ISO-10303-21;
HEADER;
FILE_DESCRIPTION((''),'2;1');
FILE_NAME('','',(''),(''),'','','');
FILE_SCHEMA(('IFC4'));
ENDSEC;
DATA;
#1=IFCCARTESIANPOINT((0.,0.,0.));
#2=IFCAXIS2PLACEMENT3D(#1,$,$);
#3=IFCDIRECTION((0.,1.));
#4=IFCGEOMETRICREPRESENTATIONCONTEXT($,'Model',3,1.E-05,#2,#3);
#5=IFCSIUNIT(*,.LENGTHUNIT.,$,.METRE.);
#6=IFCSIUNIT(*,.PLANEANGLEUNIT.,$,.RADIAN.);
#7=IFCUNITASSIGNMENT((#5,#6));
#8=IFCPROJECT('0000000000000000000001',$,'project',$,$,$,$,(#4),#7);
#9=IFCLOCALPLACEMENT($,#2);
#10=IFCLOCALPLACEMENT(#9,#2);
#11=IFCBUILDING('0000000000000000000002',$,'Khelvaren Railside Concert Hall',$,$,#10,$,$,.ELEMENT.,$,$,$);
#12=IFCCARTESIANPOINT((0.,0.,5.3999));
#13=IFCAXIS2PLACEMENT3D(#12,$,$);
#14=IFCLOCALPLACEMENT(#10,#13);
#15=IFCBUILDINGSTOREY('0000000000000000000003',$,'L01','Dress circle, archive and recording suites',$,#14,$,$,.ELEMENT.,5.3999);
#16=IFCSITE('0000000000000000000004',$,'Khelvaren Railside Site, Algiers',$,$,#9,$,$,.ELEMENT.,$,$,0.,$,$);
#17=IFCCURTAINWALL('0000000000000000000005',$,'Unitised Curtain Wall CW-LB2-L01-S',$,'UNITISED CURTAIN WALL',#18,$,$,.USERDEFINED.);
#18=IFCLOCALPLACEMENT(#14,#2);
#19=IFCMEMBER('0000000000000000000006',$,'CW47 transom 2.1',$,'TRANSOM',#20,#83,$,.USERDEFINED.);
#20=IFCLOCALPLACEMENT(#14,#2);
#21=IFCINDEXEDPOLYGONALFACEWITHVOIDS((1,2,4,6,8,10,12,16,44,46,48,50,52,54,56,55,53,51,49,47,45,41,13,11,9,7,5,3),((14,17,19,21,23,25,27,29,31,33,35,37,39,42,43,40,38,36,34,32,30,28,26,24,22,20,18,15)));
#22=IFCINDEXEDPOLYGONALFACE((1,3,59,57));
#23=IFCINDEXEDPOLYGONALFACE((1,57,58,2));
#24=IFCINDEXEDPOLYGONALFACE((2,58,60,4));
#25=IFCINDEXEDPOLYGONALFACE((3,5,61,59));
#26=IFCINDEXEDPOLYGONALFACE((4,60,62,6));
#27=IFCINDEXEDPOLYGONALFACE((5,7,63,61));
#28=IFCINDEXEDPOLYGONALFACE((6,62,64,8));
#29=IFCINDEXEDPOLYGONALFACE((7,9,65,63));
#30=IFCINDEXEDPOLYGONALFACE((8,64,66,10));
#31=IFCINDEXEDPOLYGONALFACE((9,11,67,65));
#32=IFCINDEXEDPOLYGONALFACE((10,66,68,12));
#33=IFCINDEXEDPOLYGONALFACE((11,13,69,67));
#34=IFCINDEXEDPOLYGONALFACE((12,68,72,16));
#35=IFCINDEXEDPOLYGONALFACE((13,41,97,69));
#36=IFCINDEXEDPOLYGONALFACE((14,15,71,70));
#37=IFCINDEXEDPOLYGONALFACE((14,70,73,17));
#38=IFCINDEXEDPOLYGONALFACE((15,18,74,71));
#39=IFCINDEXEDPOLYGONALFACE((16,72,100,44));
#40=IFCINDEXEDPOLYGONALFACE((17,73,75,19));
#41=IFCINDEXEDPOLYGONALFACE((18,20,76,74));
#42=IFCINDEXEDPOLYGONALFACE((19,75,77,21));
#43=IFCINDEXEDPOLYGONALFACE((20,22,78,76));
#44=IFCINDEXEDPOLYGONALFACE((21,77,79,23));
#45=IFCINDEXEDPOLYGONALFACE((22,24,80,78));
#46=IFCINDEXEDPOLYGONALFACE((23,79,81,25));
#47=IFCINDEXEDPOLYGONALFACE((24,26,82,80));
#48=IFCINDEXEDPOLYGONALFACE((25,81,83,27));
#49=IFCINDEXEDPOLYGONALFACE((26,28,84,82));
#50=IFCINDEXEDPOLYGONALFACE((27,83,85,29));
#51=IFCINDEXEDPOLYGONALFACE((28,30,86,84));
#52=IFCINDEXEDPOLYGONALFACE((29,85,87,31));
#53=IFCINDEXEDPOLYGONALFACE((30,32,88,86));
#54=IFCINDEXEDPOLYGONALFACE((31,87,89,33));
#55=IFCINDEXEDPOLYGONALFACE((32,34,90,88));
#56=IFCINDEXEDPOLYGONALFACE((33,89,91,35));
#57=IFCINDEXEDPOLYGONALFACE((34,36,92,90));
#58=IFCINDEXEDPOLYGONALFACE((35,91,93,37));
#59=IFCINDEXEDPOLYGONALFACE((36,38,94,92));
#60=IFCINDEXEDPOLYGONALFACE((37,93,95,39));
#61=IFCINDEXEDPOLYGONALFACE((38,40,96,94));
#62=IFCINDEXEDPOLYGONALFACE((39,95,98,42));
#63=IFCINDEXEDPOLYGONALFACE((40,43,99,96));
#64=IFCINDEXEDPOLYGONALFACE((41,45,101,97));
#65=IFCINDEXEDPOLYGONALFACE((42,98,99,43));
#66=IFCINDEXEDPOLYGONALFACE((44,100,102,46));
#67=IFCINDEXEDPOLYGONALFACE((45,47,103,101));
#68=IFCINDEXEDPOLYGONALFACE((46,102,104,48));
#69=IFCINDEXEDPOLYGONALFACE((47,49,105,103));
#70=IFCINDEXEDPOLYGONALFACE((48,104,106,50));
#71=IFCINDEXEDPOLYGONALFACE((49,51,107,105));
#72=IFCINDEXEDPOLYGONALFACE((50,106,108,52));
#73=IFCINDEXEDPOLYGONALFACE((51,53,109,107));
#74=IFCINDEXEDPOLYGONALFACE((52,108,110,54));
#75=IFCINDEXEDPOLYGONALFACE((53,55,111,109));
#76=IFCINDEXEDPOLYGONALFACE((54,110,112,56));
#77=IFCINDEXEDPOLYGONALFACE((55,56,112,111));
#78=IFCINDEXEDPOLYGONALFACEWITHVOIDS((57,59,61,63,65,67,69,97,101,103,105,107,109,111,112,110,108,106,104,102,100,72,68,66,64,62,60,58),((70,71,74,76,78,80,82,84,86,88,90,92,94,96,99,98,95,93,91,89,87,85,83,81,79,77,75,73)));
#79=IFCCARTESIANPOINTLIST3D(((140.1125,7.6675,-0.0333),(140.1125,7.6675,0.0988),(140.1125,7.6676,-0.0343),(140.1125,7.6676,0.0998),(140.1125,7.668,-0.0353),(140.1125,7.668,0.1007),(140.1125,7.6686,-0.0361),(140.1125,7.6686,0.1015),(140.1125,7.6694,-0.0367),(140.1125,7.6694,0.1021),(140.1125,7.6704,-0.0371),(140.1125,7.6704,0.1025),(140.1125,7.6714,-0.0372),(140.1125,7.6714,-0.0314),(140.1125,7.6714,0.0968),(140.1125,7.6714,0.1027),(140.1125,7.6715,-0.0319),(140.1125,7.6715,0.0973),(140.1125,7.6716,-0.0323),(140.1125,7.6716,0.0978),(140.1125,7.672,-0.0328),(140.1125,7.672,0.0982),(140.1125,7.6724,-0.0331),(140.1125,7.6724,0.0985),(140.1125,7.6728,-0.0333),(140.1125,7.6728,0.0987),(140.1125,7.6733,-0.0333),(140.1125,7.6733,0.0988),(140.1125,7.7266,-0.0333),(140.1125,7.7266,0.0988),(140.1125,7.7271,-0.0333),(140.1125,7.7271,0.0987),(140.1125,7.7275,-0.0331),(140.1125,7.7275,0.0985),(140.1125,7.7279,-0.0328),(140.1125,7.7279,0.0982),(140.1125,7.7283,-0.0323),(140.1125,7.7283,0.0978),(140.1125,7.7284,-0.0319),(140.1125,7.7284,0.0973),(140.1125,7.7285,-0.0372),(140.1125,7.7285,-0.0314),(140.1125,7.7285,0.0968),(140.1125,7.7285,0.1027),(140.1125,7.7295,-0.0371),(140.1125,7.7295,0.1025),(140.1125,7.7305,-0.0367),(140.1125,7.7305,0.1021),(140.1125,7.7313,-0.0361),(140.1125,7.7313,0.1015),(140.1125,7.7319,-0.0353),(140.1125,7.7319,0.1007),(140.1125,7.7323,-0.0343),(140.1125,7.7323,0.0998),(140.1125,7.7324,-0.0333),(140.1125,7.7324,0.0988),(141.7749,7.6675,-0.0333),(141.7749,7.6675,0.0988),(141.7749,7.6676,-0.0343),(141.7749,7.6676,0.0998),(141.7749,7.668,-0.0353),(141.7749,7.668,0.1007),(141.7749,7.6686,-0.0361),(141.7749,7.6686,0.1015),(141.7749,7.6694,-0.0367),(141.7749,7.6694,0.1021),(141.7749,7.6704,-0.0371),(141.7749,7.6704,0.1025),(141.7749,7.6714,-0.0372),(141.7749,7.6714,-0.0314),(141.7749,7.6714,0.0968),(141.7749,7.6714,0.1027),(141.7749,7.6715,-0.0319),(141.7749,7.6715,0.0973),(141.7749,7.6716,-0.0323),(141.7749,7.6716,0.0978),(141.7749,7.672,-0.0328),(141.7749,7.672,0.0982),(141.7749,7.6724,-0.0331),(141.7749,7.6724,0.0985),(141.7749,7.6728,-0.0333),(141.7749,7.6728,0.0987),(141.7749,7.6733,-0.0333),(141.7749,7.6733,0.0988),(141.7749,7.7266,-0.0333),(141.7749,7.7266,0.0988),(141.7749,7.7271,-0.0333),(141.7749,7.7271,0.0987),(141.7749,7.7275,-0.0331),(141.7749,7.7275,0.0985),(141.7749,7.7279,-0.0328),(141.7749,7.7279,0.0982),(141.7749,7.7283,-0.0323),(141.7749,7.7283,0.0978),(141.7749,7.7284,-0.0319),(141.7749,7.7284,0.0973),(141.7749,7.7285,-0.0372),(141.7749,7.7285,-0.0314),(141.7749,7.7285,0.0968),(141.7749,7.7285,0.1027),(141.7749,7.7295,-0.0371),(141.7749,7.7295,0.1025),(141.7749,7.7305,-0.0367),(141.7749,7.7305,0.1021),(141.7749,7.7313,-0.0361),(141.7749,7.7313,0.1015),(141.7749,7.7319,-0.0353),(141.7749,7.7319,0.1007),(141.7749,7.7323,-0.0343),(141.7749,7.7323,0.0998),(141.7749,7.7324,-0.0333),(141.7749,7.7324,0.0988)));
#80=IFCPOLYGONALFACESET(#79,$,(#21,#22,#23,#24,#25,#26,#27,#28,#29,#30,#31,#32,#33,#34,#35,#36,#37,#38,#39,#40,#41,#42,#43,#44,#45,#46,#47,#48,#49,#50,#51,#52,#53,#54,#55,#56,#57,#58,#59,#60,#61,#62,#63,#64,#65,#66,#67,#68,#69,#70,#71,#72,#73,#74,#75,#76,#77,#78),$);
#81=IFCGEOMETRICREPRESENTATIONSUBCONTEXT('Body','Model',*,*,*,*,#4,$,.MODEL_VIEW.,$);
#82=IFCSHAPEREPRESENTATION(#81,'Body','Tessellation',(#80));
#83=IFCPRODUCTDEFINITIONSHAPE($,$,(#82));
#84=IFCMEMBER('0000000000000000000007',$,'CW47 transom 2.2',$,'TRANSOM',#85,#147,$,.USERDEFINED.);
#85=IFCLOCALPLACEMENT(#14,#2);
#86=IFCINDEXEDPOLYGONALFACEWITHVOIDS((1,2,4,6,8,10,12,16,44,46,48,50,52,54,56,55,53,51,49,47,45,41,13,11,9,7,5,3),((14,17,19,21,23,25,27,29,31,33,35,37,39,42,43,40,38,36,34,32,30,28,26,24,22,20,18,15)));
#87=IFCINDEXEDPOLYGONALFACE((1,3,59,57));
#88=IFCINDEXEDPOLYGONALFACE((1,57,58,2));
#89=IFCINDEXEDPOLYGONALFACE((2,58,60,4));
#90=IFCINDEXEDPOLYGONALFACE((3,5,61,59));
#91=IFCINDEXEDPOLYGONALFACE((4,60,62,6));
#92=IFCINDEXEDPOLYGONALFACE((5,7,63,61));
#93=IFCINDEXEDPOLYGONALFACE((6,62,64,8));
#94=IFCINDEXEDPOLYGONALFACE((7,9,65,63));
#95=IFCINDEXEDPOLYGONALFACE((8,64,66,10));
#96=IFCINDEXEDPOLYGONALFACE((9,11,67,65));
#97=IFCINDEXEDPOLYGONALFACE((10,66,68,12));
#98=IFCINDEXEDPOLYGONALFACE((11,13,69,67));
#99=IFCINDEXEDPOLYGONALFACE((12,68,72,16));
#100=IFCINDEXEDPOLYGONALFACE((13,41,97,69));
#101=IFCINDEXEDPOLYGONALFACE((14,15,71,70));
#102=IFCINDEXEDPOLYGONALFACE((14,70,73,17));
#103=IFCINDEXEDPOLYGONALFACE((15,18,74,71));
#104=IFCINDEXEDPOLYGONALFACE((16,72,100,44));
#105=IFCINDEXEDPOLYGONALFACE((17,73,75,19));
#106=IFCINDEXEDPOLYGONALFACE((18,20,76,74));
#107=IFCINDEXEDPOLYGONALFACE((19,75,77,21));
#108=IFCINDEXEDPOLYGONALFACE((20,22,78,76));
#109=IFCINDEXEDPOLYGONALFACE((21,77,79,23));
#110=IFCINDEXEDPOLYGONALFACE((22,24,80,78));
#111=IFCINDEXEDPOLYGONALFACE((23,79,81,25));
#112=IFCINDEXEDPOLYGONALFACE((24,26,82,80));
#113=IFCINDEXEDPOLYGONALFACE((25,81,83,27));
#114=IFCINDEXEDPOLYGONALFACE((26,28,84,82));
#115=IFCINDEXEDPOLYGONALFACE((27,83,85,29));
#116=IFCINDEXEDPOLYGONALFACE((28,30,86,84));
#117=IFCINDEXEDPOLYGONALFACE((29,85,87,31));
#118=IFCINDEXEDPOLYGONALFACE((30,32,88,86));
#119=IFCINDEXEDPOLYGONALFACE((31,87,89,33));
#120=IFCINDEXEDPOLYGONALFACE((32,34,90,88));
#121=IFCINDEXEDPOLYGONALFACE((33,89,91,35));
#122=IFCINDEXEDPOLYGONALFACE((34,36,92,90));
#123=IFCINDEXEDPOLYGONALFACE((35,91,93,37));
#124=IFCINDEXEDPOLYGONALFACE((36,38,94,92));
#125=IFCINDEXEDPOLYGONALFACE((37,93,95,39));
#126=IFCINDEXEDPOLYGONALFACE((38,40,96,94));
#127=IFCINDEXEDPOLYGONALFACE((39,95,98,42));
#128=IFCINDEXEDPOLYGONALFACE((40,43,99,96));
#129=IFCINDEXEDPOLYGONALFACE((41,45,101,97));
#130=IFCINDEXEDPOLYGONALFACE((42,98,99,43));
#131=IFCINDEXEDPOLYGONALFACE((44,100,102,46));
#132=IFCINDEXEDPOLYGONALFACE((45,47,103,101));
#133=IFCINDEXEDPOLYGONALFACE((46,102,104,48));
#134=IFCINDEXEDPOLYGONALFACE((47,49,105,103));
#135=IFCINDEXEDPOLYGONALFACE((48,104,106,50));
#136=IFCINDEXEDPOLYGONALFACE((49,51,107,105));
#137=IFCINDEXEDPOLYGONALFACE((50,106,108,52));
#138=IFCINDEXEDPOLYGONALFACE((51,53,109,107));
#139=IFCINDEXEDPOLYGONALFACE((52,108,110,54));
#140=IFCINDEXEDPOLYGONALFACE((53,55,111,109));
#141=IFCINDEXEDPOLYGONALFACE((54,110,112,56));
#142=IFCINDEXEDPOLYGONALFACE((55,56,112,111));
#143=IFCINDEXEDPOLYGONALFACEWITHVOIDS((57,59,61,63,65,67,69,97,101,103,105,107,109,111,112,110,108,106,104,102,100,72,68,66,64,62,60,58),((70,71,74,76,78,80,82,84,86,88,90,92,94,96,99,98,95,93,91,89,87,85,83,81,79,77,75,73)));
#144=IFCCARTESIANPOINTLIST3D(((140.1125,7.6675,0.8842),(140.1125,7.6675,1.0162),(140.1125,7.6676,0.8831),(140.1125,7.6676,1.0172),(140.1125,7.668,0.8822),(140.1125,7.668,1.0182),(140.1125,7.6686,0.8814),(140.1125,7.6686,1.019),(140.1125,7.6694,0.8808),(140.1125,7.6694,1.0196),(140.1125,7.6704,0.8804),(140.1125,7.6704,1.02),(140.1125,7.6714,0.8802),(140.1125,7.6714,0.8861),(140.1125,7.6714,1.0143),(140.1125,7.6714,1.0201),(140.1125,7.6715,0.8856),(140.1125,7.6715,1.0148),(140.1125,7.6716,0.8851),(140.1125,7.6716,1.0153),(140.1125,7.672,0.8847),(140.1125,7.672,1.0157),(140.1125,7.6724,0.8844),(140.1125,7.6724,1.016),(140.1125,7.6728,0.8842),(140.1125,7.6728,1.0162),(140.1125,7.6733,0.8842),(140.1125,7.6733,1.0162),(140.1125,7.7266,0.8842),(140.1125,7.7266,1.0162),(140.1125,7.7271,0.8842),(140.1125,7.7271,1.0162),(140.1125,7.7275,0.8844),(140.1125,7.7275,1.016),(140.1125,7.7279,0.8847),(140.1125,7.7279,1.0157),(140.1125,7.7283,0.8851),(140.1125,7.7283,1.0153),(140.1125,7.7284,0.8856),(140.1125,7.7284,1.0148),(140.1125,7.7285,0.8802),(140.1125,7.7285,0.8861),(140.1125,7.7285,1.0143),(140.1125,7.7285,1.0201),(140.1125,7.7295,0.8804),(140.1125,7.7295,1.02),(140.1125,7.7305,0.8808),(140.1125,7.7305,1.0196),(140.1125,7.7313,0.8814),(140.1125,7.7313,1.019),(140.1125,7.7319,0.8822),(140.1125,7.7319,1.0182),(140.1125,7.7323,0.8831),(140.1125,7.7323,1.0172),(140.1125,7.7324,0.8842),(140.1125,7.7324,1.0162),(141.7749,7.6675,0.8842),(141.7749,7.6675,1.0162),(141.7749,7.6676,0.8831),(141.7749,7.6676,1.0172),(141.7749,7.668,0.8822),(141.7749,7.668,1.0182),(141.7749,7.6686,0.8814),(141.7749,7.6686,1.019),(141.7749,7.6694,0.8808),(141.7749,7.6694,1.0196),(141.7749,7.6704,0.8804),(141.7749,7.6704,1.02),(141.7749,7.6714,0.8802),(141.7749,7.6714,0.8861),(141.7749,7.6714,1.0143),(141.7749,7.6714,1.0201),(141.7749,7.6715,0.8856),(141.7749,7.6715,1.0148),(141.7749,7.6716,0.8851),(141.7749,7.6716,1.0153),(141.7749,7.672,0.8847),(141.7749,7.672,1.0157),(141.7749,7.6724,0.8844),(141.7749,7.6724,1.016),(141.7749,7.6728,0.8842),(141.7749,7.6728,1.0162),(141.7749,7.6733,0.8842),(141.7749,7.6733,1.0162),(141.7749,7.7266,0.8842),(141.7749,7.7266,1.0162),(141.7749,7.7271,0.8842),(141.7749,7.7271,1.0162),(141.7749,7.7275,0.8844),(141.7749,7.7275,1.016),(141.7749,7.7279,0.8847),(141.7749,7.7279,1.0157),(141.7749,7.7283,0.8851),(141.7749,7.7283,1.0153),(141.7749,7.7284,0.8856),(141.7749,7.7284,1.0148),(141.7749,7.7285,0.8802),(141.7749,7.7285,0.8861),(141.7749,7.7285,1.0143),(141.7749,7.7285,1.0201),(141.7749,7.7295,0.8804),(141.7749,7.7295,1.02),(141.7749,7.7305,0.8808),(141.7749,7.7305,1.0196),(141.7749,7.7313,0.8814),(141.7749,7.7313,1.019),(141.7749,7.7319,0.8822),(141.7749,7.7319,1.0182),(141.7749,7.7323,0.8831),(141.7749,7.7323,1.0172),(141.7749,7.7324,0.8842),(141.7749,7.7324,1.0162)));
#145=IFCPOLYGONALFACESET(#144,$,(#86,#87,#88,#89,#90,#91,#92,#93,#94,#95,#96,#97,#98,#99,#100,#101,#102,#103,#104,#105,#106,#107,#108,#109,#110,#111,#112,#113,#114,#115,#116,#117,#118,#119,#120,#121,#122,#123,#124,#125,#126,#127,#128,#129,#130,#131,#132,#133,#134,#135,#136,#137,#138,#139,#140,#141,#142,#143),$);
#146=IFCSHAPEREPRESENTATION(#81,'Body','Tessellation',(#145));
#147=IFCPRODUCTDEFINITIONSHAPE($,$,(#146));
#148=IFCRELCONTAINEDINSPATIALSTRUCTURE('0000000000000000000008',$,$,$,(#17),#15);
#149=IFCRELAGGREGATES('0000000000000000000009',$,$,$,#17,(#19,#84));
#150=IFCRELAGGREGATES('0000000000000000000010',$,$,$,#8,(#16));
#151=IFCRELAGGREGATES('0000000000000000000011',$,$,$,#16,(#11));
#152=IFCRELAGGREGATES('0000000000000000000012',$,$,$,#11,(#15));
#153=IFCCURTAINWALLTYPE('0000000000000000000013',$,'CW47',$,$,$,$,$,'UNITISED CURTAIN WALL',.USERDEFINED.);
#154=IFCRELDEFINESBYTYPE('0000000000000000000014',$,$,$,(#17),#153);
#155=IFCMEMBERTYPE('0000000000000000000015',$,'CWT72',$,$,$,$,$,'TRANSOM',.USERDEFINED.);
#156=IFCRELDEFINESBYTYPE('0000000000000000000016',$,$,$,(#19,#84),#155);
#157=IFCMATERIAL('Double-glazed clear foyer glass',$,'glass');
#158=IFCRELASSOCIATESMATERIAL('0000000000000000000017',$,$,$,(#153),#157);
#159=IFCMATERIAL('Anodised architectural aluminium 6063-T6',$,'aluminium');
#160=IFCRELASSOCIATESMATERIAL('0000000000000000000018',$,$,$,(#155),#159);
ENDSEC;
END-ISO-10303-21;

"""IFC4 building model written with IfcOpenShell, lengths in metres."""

from ifc_helpers import new_model, si_unit, direction, frame, origin, origin_2d, place, context, subcontext, project, spatial, hollow_rectangle, extrude, material, material_profile, profile_set, type_object, element, aggregate, save


model = new_model("IFC4")

# Units and contexts
model_context = context("Model", 3, precision=1e-05, world=origin(), true_north=direction((0.0, 1.0)))
body_context = subcontext(model_context, "Body", "Model", "MODEL_VIEW")
ifc_project = project(units=[si_unit("LENGTHUNIT", "METRE"), si_unit("PLANEANGLEUNIT", "RADIAN")], contexts=[model_context])

# Site, building, storey
site_placement = place(None, origin())
site = spatial("IfcSite", under=ifc_project, at=site_placement, Name="Khelvaren Railside Site, Algiers", CompositionType="ELEMENT", RefElevation=0.0)
building_placement = place(site_placement, origin())
building = spatial("IfcBuilding", under=site, at=building_placement, Name="Khelvaren Railside Concert Hall", CompositionType="ELEMENT")
storey_placement = place(building_placement, frame((0.0, 0.0, 5.3999)))
storey = spatial("IfcBuildingStorey", under=building, at=storey_placement, Name="L01", Description="Dress circle, archive and recording suites", CompositionType="ELEMENT", Elevation=5.3999)

# Curtain wall
ifc_material_1 = material(Name="Double-glazed clear foyer glass", Category="glass")
curtain_wall_type_1 = type_object("IfcCurtainWallType", Name="CW47", ElementType="UNITISED CURTAIN WALL", PredefinedType="USERDEFINED", material=ifc_material_1)
curtain_wall_1_placement = place(storey_placement, origin())
curtain_wall_1 = element("IfcCurtainWall", 1, at=curtain_wall_1_placement, inside=storey, type_object=curtain_wall_type_1, Name="Unitised Curtain Wall CW-LB2-L01-S", ObjectType="UNITISED CURTAIN WALL", PredefinedType="USERDEFINED")
ifc_material_2 = material(Name="Anodised architectural aluminium 6063-T6", Category="aluminium")

# Members
ifc_material_profile_1 = material_profile(ifc_material_2, hollow_rectangle(XDim=0.0649, YDim=0.1399, WallThickness=0.0039, InnerFilletRadius=0.002, OuterFilletRadius=0.0039, at=origin_2d()), Name="CWT 65x140x4")
ifc_profile_set_1 = profile_set([ifc_material_profile_1], Name="Anodised architectural aluminium 6063-T6")
member_type_1 = type_object("IfcMemberType", Name="CWT72", ElementType="TRANSOM", PredefinedType="USERDEFINED", material=ifc_profile_set_1)
member_1_placement = place(storey_placement, frame((141.7749, 7.7, 0.0327), z_axis=(-1.0, 0.0, 0.0), x_axis=(0.0, -1.0, 0.0)))
member_1 = element("IfcMember", 2, at=member_1_placement, type_object=member_type_1, Name="CW47 transom 2.1", ObjectType="TRANSOM", PredefinedType="USERDEFINED", context=body_context, shape_type="SweptSolid", body=[
    extrude(hollow_rectangle(XDim=0.0649, YDim=0.1399, WallThickness=0.0039, InnerFilletRadius=0.002, OuterFilletRadius=0.0039, at=origin_2d()), origin(), (0.0, 0.0, 1.0), 1.6624),
])
member_2_placement = place(storey_placement, frame((141.7749, 7.7, 0.9502), z_axis=(-1.0, 0.0, 0.0), x_axis=(0.0, -1.0, 0.0)))
member_2 = element("IfcMember", 3, at=member_2_placement, type_object=member_type_1, Name="CW47 transom 2.2", ObjectType="TRANSOM", PredefinedType="USERDEFINED", context=body_context, shape_type="SweptSolid", body=[
    extrude(hollow_rectangle(XDim=0.0649, YDim=0.1399, WallThickness=0.0039, InnerFilletRadius=0.002, OuterFilletRadius=0.0039, at=origin_2d()), origin(), (0.0, 0.0, 1.0), 1.6624),
])

aggregate(curtain_wall_1, [member_1, member_2])

save(model, "model.ifc")
